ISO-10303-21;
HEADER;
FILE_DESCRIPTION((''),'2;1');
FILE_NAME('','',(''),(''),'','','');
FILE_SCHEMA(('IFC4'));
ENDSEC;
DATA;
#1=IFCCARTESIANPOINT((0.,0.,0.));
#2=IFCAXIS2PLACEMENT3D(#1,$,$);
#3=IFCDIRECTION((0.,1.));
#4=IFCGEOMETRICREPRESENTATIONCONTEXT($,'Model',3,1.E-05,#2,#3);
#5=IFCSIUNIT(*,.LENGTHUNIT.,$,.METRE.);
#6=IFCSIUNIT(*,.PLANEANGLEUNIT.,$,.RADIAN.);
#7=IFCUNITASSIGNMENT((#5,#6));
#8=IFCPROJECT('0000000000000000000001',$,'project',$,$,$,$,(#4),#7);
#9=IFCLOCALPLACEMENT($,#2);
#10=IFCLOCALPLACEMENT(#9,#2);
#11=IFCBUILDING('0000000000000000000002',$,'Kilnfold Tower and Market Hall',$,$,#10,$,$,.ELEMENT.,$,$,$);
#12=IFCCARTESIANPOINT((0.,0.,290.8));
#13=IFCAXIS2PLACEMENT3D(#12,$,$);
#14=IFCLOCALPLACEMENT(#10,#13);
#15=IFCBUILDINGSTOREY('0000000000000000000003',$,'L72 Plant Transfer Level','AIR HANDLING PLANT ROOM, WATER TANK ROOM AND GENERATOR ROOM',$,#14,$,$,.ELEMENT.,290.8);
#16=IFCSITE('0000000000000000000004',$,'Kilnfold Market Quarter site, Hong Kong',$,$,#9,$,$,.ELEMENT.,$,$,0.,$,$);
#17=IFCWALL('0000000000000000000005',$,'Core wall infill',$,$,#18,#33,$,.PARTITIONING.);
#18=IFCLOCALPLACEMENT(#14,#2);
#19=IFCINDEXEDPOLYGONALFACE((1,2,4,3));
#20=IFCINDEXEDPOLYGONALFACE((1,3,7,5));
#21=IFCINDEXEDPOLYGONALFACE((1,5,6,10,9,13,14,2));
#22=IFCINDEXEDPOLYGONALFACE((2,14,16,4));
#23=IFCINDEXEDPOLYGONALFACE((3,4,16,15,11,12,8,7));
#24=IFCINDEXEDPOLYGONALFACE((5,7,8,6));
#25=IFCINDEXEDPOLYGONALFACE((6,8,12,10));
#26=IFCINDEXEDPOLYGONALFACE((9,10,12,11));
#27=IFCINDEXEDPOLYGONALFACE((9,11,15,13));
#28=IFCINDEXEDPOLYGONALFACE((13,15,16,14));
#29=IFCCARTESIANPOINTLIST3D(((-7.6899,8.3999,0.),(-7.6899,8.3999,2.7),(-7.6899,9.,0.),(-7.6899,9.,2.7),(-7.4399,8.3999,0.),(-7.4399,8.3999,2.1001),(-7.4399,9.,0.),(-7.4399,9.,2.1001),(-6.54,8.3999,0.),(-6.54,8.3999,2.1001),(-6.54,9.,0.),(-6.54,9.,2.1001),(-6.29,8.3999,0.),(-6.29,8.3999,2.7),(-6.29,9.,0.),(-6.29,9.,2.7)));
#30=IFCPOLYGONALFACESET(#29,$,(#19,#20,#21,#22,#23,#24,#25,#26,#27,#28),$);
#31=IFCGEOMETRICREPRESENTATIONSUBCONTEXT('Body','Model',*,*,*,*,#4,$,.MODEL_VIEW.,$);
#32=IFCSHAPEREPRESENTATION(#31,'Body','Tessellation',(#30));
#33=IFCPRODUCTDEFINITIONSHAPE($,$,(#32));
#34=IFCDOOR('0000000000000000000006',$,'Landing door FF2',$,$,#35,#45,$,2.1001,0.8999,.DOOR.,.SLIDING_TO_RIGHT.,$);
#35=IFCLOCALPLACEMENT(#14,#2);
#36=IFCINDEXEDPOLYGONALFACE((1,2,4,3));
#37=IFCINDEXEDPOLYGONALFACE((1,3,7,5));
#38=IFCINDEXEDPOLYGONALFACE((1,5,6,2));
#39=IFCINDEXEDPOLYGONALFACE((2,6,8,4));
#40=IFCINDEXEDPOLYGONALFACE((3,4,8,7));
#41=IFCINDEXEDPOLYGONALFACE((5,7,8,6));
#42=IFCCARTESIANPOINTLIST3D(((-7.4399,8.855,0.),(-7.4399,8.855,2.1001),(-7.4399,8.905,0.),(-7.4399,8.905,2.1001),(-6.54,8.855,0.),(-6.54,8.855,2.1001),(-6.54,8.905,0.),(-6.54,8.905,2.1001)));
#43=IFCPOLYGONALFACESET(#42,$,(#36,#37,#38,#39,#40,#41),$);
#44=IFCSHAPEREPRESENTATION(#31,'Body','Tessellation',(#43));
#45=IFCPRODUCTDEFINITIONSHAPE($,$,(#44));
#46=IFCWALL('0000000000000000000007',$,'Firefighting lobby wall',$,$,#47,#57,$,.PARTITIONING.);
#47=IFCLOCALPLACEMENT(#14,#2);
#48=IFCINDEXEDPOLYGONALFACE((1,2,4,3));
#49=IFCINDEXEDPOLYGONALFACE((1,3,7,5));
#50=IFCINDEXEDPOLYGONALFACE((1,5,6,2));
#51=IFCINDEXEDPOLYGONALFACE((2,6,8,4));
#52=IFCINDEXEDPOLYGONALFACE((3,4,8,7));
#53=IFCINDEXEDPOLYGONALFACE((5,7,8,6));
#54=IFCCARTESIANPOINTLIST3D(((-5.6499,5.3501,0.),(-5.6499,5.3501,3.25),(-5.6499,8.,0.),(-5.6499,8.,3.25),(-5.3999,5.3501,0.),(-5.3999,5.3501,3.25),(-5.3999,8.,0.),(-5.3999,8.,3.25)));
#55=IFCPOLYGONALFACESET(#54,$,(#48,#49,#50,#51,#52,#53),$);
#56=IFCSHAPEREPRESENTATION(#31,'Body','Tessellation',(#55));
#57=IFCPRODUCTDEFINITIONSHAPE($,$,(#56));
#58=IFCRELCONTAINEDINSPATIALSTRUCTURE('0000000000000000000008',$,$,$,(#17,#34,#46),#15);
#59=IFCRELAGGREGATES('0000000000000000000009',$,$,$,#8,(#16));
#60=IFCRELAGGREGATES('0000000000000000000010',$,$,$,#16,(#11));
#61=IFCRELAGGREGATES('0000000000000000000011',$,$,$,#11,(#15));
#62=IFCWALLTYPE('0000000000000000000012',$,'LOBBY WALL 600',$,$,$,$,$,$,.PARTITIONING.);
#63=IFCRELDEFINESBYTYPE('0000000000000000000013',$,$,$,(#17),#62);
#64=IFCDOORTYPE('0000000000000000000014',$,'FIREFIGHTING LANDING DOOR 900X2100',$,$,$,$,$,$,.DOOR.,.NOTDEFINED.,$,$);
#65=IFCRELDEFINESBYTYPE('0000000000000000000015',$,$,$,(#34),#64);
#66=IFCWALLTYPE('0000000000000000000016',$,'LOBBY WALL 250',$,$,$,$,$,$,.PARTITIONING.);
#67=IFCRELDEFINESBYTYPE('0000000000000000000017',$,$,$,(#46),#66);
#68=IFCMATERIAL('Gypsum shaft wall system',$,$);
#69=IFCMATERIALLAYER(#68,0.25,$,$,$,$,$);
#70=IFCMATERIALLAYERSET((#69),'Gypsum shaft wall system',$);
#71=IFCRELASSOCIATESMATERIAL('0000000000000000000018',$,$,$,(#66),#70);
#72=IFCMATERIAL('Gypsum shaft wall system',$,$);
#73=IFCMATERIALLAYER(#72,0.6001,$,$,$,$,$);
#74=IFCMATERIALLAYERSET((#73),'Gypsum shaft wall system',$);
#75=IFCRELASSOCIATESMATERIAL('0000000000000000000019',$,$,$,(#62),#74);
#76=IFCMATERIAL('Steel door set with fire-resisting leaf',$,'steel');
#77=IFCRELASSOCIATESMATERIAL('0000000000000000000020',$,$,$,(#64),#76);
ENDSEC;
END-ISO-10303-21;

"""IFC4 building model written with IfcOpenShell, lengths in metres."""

from ifc_helpers import new_model, si_unit, direction, frame, frame_2d, origin, place, context, subcontext, project, spatial, rectangle, extrude, source, transform, mapped, material, layer, layer_set, type_object, element, fill, save


model = new_model("IFC4")

# Units and contexts
model_context = context("Model", 3, precision=1e-05, world=origin(), true_north=direction((0.0, 1.0)))
body_context = subcontext(model_context, "Body", "Model", "MODEL_VIEW")
ifc_project = project(units=[si_unit("LENGTHUNIT", "METRE"), si_unit("PLANEANGLEUNIT", "RADIAN")], contexts=[model_context])

# Site, building, storey
site_placement = place(None, origin())
site = spatial("IfcSite", under=ifc_project, at=site_placement, Name="Kilnfold Market Quarter site, Hong Kong", CompositionType="ELEMENT", RefElevation=0.0)
building_placement = place(site_placement, origin())
building = spatial("IfcBuilding", under=site, at=building_placement, Name="Kilnfold Tower and Market Hall", CompositionType="ELEMENT")
storey_placement = place(building_placement, frame((0.0, 0.0, 290.8)))
storey = spatial("IfcBuildingStorey", under=building, at=storey_placement, Name="L72 Plant Transfer Level", Description="AIR HANDLING PLANT ROOM, WATER TANK ROOM AND GENERATOR ROOM", CompositionType="ELEMENT", Elevation=290.8)

# Shared definitions
ifc_material_1 = material(Name="Gypsum shaft wall system")
ifc_layer_1 = layer(ifc_material_1, 0.25)
ifc_layer_set_1 = layer_set([ifc_layer_1], Name="Gypsum shaft wall system")
wall_type_1 = type_object("IfcWallType", Name="LOBBY WALL 250", PredefinedType="PARTITIONING", material=ifc_layer_set_1)

# Wall, opening, door
ifc_material_2 = material(Name="Gypsum shaft wall system")
ifc_layer_2 = layer(ifc_material_2, 0.6001)
ifc_layer_set_2 = layer_set([ifc_layer_2], Name="Gypsum shaft wall system")
wall_type_2 = type_object("IfcWallType", Name="LOBBY WALL 600", PredefinedType="PARTITIONING", material=ifc_layer_set_2)
ifc_material_3 = material(Name="Steel door set with fire-resisting leaf", Category="steel")
door_type_1 = type_object("IfcDoorType", Name="FIREFIGHTING LANDING DOOR 900X2100", OperationType="NOTDEFINED", PredefinedType="DOOR", material=ifc_material_3)
shared_shape_1 = source(origin(), body_context, "Body", "SweptSolid", [
    extrude(rectangle(XDim=1.3999, YDim=0.6001, at=frame_2d((0.7, 0.0))), origin(), (0.0, 0.0, 1.0), 2.7),
])
wall_1_placement = place(storey_placement, frame((-7.6899, 8.7, 0.0), z_axis=(0.0, 0.0, 1.0), x_axis=(1.0, 0.0, 0.0)))
wall_1 = element("IfcWall", 1, at=wall_1_placement, inside=storey, type_object=wall_type_2, Name="Core wall infill", PredefinedType="PARTITIONING", context=body_context, shape_type="MappedRepresentation", body=[
    mapped(shared_shape_1, transform((0.0, 0.0, 0.0))),
])
opening_1_placement = place(wall_1_placement, frame((0.25, 0.0, 0.0)))
opening_1 = element("IfcOpeningElement", 2, at=opening_1_placement, cuts=wall_1, PredefinedType="OPENING", context=body_context, shape_type="SweptSolid", body=[
    extrude(rectangle(XDim=0.8999, YDim=2.1001, at=frame_2d((0.45, 1.05))), frame((0.0, 0.3101, 0.0), z_axis=(0.0, -1.0, 0.0), x_axis=(1.0, 0.0, 0.0)), (0.0, 0.0, 1.0), 0.6201),
])
door_1_placement = place(opening_1_placement, origin())
door_1 = element("IfcDoor", 3, at=door_1_placement, inside=storey, type_object=door_type_1, Name="Landing door FF2", OperationType="SLIDING_TO_RIGHT", OverallHeight=2.1001, OverallWidth=0.8999, PredefinedType="DOOR", context=body_context, shape_type="SweptSolid", body=[
    extrude(rectangle(XDim=0.8999, YDim=2.1001, at=frame_2d((0.45, 1.05))), frame((0.0, 0.2051, 0.0), z_axis=(0.0, -1.0, 0.0), x_axis=(1.0, 0.0, 0.0)), (0.0, 0.0, 1.0), 0.05),
])
fill(opening_1, door_1)

# Wall
shared_shape_2 = source(origin(), body_context, "Body", "SweptSolid", [
    extrude(rectangle(XDim=2.6499, YDim=0.25, at=frame_2d((1.325, 0.0))), origin(), (0.0, 0.0, 1.0), 3.25),
])
wall_2_placement = place(storey_placement, frame((-5.5249, 5.3501, 0.0), z_axis=(0.0, 0.0, 1.0), x_axis=(0.0, 1.0, 0.0)))
element("IfcWall", 4, at=wall_2_placement, inside=storey, type_object=wall_type_1, Name="Firefighting lobby wall", PredefinedType="PARTITIONING", context=body_context, shape_type="MappedRepresentation", body=[
    mapped(shared_shape_2, transform((0.0, 0.0, 0.0))),
])

save(model, "model.ifc")
